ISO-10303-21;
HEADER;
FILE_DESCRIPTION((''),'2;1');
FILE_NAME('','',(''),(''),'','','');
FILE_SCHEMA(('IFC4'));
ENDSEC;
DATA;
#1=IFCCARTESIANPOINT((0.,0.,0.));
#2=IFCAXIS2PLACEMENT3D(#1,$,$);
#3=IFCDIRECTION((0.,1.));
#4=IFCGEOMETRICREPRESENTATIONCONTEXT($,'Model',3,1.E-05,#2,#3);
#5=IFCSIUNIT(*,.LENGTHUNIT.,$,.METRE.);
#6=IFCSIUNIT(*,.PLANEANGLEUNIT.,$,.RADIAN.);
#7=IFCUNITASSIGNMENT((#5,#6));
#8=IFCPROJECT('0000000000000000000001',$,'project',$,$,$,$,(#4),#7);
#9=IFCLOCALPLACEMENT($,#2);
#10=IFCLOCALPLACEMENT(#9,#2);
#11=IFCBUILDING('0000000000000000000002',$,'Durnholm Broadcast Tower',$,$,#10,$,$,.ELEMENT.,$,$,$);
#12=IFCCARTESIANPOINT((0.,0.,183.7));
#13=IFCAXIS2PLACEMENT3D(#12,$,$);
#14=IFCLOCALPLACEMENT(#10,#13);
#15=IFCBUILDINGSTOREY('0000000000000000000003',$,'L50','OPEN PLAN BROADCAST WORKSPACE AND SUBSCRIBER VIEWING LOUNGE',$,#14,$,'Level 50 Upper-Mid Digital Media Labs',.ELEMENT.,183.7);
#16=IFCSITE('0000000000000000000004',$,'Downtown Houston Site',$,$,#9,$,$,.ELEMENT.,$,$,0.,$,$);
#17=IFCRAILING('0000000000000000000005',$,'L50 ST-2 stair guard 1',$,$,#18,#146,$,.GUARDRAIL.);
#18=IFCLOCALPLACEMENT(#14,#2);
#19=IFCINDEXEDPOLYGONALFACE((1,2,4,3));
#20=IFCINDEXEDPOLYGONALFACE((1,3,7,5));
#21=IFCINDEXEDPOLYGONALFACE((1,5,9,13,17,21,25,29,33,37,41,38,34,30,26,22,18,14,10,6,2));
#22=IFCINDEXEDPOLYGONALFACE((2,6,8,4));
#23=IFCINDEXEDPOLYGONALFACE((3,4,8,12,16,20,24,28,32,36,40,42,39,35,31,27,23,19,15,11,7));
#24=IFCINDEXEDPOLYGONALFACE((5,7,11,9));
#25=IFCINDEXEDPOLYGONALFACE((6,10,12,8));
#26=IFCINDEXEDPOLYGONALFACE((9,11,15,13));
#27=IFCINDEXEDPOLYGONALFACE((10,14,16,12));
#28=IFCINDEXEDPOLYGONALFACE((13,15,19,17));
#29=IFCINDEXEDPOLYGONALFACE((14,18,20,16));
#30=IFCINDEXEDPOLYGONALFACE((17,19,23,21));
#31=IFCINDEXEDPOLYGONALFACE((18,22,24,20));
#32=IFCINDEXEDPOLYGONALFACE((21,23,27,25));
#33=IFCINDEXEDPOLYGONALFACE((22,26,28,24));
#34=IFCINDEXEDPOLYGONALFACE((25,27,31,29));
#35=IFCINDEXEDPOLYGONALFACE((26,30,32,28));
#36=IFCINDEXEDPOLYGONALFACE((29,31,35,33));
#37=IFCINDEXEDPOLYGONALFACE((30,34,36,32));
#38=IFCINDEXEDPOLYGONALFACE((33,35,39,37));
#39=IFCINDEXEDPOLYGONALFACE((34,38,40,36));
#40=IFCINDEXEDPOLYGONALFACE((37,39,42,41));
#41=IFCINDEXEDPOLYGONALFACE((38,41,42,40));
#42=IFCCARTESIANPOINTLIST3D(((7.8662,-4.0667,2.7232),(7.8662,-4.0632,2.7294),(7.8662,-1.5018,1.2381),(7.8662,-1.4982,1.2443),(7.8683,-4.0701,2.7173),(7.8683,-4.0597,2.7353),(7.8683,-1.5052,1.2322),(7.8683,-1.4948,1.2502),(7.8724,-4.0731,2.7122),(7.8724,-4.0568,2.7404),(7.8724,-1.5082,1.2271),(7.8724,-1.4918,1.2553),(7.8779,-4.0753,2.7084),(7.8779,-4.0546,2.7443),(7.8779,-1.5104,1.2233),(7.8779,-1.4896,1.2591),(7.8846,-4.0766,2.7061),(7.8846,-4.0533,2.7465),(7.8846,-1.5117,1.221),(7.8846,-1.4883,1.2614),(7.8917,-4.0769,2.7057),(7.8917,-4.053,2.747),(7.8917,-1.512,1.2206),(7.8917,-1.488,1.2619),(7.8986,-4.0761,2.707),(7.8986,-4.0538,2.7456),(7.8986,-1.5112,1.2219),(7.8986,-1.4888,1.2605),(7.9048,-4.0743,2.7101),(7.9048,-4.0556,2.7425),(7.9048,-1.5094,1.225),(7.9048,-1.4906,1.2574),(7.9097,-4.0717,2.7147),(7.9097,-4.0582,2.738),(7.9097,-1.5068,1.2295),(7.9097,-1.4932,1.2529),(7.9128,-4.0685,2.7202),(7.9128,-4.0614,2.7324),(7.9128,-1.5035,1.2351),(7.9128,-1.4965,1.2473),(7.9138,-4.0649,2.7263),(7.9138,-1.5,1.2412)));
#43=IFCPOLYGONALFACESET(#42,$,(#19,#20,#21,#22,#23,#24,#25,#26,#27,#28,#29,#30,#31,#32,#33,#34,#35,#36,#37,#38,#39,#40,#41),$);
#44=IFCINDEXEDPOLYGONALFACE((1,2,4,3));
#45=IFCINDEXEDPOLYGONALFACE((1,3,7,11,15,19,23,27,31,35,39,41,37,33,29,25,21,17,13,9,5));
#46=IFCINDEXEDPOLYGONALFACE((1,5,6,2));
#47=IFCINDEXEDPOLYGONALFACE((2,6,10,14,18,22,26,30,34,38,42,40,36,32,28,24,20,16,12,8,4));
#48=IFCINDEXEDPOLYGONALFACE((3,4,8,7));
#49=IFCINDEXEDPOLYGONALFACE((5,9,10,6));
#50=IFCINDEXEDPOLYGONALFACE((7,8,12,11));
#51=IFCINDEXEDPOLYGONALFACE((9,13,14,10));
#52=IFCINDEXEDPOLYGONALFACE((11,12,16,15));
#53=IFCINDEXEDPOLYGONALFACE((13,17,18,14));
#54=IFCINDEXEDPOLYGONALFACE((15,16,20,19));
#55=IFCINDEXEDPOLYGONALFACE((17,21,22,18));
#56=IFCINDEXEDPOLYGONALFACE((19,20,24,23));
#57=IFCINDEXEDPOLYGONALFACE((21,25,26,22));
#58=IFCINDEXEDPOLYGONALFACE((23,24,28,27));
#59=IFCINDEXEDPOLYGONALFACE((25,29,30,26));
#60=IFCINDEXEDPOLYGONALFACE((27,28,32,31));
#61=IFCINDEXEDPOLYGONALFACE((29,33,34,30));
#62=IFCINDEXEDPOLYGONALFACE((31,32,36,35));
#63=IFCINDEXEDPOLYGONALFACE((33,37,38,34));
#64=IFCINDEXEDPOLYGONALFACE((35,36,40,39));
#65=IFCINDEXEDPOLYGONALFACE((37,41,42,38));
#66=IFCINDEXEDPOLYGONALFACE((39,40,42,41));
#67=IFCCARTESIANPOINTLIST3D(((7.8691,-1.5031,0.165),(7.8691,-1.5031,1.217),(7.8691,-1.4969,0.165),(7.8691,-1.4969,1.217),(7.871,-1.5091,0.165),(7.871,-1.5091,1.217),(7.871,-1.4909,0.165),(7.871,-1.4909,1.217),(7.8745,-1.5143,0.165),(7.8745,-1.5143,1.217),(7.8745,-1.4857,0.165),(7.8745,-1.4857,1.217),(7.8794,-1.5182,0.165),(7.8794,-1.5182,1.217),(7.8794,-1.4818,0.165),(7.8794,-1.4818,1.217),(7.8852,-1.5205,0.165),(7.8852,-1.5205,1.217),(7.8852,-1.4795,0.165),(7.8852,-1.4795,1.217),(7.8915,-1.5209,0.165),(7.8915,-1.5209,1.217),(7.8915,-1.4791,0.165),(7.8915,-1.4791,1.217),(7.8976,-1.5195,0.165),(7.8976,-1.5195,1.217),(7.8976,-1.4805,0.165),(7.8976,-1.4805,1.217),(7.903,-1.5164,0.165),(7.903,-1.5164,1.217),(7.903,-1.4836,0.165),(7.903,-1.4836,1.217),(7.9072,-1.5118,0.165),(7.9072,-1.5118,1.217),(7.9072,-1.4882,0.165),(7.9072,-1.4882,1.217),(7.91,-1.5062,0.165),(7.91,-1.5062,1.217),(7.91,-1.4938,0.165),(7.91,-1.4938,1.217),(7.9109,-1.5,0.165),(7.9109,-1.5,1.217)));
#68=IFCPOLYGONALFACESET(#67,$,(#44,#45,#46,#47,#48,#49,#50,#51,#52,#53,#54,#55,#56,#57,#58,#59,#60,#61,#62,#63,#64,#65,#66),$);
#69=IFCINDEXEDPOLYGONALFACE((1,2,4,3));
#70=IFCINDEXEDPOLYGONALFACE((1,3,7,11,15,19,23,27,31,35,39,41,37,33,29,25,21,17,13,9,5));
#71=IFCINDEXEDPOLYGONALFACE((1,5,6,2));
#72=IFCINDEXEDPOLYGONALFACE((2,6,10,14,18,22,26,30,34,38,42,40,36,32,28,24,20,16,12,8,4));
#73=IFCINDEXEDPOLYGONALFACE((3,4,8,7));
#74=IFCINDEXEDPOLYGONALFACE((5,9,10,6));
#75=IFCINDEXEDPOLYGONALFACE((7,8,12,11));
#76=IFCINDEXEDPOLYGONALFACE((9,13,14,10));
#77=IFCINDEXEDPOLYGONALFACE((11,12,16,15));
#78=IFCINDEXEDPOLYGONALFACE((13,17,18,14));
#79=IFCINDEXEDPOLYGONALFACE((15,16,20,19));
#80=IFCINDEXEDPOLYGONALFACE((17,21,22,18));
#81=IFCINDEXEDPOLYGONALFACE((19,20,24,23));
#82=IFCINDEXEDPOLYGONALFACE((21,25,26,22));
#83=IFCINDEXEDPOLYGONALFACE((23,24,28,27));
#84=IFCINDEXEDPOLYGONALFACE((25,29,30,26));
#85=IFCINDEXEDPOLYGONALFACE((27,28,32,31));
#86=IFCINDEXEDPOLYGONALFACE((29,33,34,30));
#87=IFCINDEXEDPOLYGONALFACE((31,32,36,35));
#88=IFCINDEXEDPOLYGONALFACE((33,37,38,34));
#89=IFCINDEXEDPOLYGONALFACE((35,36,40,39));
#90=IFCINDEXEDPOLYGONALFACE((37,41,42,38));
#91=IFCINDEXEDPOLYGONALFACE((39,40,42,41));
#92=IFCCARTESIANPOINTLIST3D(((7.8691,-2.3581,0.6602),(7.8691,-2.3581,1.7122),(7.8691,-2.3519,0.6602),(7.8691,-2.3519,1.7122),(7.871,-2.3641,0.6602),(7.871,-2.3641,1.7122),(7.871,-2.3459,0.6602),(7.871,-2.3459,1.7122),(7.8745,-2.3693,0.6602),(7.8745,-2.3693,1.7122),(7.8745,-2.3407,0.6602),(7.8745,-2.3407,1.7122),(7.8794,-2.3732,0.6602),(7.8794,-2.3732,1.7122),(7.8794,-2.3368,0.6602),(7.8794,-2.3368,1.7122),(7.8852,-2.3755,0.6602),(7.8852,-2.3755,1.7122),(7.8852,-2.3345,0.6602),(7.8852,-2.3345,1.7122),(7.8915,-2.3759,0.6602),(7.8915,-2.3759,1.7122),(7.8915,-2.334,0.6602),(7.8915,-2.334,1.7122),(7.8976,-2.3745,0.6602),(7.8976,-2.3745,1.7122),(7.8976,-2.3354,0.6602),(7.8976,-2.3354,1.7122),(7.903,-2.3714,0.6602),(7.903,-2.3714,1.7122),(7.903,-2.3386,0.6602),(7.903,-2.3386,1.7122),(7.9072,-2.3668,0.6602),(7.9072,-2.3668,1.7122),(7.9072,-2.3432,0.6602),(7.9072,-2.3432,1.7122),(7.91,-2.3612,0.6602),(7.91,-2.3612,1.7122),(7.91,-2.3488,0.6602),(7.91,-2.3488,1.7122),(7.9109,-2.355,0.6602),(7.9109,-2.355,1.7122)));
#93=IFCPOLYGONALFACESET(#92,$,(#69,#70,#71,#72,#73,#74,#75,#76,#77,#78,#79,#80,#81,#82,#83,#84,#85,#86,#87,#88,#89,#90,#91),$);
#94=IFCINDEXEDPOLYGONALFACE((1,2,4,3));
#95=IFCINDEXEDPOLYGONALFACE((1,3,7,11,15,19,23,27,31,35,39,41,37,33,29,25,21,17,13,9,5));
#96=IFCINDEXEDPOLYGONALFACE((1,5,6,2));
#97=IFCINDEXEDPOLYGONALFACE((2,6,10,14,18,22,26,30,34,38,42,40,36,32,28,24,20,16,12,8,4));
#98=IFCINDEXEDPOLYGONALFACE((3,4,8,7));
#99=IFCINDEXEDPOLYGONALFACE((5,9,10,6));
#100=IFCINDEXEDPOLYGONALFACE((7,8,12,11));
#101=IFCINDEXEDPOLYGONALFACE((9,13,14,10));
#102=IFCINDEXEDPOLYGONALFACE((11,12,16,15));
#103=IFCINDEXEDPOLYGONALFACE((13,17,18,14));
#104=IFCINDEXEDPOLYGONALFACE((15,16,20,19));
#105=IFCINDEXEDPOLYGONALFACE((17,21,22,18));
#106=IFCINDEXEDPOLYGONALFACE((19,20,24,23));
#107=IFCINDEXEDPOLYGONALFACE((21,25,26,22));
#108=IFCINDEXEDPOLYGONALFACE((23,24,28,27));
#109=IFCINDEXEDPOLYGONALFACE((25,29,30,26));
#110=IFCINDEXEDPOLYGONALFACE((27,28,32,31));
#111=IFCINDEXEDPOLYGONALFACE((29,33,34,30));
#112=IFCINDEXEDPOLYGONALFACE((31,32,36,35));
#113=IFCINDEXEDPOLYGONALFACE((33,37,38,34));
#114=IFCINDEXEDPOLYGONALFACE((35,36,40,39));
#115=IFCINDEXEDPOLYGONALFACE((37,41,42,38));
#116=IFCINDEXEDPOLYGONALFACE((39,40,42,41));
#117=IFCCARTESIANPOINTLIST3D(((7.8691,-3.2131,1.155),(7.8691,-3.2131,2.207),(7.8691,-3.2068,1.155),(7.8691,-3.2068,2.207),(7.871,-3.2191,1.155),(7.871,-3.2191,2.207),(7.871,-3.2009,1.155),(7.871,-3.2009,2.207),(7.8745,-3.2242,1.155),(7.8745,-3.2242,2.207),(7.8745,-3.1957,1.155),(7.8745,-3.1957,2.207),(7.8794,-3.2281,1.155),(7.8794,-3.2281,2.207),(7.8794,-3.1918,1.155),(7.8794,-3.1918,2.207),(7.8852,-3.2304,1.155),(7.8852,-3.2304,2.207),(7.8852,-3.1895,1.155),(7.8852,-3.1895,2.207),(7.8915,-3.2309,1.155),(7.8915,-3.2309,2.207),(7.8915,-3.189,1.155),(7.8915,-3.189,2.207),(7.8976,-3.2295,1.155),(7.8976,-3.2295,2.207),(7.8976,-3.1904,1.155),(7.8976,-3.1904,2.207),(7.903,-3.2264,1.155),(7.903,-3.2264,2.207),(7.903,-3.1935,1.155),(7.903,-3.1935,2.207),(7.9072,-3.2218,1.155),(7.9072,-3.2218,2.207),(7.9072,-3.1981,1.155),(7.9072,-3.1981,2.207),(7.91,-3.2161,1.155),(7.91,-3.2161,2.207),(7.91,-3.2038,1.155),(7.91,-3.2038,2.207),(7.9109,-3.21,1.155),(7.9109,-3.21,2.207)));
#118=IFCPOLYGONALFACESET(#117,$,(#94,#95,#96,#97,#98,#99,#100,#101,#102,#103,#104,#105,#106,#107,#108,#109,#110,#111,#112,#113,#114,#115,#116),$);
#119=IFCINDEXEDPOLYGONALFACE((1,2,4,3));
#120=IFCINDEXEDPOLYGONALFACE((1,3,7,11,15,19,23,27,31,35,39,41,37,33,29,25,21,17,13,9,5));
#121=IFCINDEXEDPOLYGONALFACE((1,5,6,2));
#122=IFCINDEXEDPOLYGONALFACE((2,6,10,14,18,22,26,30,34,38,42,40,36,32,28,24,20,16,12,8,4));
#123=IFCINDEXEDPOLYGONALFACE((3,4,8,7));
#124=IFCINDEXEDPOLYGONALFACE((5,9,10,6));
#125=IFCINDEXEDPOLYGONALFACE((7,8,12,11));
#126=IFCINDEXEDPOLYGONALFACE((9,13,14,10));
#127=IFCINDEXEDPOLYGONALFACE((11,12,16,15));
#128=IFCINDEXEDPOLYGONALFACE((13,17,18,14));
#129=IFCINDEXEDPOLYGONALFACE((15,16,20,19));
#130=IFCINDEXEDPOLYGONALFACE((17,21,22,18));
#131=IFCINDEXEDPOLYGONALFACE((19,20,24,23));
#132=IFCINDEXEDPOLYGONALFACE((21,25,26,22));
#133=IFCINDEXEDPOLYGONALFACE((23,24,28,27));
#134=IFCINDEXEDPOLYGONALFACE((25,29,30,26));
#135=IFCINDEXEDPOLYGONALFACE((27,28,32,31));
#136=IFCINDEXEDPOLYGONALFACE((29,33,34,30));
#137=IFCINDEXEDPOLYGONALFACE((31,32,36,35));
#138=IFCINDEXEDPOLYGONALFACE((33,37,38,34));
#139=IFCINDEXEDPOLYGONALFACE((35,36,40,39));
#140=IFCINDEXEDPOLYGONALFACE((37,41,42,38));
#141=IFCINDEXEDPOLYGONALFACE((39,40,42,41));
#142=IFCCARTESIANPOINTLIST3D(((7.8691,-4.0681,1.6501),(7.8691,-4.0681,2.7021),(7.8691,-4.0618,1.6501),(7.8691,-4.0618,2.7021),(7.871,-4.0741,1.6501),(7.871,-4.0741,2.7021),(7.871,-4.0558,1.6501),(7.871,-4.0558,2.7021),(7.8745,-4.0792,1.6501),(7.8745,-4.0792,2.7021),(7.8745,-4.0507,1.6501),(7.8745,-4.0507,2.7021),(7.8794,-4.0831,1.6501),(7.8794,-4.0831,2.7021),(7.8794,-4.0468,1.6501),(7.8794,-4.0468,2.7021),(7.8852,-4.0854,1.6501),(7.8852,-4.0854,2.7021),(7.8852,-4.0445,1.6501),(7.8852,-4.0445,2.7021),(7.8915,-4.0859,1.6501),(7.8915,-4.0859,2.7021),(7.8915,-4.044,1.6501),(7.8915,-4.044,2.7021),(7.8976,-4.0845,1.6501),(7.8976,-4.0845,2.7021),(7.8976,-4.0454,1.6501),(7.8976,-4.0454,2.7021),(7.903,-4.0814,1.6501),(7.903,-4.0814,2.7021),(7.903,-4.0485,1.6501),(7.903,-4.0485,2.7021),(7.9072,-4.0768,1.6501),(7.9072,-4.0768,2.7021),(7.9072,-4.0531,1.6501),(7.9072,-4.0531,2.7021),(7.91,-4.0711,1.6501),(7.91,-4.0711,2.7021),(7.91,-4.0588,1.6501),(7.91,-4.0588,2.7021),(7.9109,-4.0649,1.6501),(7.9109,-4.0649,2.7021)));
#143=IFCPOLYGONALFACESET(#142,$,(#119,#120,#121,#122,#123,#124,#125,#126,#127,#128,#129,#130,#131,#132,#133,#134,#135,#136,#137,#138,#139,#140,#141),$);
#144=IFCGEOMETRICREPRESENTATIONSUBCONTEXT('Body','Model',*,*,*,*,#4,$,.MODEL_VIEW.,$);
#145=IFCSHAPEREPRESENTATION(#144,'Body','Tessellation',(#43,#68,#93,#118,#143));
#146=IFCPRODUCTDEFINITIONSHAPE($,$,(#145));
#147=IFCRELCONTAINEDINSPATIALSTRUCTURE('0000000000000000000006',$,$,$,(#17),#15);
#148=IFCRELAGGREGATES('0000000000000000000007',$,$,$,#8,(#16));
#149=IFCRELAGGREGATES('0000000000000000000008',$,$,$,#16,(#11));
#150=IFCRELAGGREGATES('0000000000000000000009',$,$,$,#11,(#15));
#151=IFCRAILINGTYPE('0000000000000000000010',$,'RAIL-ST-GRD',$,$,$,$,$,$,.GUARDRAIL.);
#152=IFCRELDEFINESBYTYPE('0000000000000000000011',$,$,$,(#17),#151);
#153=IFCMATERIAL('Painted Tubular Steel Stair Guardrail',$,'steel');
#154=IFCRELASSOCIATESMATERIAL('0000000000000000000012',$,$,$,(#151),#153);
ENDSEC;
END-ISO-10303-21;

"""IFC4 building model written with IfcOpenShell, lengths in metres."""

from ifc_helpers import new_model, si_unit, direction, frame, origin, origin_2d, place, context, subcontext, project, spatial, circle, extrude, material, type_object, element, save


model = new_model("IFC4")

# Units and contexts
model_context = context("Model", 3, precision=1e-05, world=origin(), true_north=direction((0.0, 1.0)))
body_context = subcontext(model_context, "Body", "Model", "MODEL_VIEW")
ifc_project = project(units=[si_unit("LENGTHUNIT", "METRE"), si_unit("PLANEANGLEUNIT", "RADIAN")], contexts=[model_context])

# Site, building, storey
site_placement = place(None, origin())
site = spatial("IfcSite", under=ifc_project, at=site_placement, Name="Downtown Houston Site", CompositionType="ELEMENT", RefElevation=0.0)
building_placement = place(site_placement, origin())
building = spatial("IfcBuilding", under=site, at=building_placement, Name="Durnholm Broadcast Tower", CompositionType="ELEMENT")
storey_placement = place(building_placement, frame((0.0, 0.0, 183.7)))
storey = spatial("IfcBuildingStorey", under=building, at=storey_placement, Name="L50", Description="OPEN PLAN BROADCAST WORKSPACE AND SUBSCRIBER VIEWING LOUNGE", LongName="Level 50 Upper-Mid Digital Media Labs", CompositionType="ELEMENT", Elevation=183.7)

# Railing
ifc_material_1 = material(Name="Painted Tubular Steel Stair Guardrail", Category="steel")
railing_type = type_object("IfcRailingType", Name="RAIL-ST-GRD", PredefinedType="GUARDRAIL", material=ifc_material_1)
railing_1_placement = place(storey_placement, frame((7.8899, -1.5, 0.165)))
element("IfcRailing", 1, at=railing_1_placement, inside=storey, type_object=railing_type, Name="L50 ST-2 stair guard 1", PredefinedType="GUARDRAIL", context=body_context, shape_type="SweptSolid", body=[
    extrude(circle(Radius=0.0239, at=origin_2d()), frame((0.0, 0.0, 1.0762), z_axis=(0.0, -0.865406, 0.501072), x_axis=(1.0, 0.0, 0.0)), (0.0, 0.0, 1.0), 2.9639),
    extrude(circle(Radius=0.021, at=origin_2d()), origin(), (0.0, 0.0, 1.0), 1.052),
    extrude(circle(Radius=0.021, at=origin_2d()), frame((0.0, -0.855, 0.4951)), (0.0, 0.0, 1.0), 1.052),
    extrude(circle(Radius=0.021, at=origin_2d()), frame((0.0, -1.71, 0.99)), (0.0, 0.0, 1.0), 1.052),
    extrude(circle(Radius=0.021, at=origin_2d()), frame((0.0, -2.5649, 1.4851)), (0.0, 0.0, 1.0), 1.052),
])

save(model, "model.ifc")
